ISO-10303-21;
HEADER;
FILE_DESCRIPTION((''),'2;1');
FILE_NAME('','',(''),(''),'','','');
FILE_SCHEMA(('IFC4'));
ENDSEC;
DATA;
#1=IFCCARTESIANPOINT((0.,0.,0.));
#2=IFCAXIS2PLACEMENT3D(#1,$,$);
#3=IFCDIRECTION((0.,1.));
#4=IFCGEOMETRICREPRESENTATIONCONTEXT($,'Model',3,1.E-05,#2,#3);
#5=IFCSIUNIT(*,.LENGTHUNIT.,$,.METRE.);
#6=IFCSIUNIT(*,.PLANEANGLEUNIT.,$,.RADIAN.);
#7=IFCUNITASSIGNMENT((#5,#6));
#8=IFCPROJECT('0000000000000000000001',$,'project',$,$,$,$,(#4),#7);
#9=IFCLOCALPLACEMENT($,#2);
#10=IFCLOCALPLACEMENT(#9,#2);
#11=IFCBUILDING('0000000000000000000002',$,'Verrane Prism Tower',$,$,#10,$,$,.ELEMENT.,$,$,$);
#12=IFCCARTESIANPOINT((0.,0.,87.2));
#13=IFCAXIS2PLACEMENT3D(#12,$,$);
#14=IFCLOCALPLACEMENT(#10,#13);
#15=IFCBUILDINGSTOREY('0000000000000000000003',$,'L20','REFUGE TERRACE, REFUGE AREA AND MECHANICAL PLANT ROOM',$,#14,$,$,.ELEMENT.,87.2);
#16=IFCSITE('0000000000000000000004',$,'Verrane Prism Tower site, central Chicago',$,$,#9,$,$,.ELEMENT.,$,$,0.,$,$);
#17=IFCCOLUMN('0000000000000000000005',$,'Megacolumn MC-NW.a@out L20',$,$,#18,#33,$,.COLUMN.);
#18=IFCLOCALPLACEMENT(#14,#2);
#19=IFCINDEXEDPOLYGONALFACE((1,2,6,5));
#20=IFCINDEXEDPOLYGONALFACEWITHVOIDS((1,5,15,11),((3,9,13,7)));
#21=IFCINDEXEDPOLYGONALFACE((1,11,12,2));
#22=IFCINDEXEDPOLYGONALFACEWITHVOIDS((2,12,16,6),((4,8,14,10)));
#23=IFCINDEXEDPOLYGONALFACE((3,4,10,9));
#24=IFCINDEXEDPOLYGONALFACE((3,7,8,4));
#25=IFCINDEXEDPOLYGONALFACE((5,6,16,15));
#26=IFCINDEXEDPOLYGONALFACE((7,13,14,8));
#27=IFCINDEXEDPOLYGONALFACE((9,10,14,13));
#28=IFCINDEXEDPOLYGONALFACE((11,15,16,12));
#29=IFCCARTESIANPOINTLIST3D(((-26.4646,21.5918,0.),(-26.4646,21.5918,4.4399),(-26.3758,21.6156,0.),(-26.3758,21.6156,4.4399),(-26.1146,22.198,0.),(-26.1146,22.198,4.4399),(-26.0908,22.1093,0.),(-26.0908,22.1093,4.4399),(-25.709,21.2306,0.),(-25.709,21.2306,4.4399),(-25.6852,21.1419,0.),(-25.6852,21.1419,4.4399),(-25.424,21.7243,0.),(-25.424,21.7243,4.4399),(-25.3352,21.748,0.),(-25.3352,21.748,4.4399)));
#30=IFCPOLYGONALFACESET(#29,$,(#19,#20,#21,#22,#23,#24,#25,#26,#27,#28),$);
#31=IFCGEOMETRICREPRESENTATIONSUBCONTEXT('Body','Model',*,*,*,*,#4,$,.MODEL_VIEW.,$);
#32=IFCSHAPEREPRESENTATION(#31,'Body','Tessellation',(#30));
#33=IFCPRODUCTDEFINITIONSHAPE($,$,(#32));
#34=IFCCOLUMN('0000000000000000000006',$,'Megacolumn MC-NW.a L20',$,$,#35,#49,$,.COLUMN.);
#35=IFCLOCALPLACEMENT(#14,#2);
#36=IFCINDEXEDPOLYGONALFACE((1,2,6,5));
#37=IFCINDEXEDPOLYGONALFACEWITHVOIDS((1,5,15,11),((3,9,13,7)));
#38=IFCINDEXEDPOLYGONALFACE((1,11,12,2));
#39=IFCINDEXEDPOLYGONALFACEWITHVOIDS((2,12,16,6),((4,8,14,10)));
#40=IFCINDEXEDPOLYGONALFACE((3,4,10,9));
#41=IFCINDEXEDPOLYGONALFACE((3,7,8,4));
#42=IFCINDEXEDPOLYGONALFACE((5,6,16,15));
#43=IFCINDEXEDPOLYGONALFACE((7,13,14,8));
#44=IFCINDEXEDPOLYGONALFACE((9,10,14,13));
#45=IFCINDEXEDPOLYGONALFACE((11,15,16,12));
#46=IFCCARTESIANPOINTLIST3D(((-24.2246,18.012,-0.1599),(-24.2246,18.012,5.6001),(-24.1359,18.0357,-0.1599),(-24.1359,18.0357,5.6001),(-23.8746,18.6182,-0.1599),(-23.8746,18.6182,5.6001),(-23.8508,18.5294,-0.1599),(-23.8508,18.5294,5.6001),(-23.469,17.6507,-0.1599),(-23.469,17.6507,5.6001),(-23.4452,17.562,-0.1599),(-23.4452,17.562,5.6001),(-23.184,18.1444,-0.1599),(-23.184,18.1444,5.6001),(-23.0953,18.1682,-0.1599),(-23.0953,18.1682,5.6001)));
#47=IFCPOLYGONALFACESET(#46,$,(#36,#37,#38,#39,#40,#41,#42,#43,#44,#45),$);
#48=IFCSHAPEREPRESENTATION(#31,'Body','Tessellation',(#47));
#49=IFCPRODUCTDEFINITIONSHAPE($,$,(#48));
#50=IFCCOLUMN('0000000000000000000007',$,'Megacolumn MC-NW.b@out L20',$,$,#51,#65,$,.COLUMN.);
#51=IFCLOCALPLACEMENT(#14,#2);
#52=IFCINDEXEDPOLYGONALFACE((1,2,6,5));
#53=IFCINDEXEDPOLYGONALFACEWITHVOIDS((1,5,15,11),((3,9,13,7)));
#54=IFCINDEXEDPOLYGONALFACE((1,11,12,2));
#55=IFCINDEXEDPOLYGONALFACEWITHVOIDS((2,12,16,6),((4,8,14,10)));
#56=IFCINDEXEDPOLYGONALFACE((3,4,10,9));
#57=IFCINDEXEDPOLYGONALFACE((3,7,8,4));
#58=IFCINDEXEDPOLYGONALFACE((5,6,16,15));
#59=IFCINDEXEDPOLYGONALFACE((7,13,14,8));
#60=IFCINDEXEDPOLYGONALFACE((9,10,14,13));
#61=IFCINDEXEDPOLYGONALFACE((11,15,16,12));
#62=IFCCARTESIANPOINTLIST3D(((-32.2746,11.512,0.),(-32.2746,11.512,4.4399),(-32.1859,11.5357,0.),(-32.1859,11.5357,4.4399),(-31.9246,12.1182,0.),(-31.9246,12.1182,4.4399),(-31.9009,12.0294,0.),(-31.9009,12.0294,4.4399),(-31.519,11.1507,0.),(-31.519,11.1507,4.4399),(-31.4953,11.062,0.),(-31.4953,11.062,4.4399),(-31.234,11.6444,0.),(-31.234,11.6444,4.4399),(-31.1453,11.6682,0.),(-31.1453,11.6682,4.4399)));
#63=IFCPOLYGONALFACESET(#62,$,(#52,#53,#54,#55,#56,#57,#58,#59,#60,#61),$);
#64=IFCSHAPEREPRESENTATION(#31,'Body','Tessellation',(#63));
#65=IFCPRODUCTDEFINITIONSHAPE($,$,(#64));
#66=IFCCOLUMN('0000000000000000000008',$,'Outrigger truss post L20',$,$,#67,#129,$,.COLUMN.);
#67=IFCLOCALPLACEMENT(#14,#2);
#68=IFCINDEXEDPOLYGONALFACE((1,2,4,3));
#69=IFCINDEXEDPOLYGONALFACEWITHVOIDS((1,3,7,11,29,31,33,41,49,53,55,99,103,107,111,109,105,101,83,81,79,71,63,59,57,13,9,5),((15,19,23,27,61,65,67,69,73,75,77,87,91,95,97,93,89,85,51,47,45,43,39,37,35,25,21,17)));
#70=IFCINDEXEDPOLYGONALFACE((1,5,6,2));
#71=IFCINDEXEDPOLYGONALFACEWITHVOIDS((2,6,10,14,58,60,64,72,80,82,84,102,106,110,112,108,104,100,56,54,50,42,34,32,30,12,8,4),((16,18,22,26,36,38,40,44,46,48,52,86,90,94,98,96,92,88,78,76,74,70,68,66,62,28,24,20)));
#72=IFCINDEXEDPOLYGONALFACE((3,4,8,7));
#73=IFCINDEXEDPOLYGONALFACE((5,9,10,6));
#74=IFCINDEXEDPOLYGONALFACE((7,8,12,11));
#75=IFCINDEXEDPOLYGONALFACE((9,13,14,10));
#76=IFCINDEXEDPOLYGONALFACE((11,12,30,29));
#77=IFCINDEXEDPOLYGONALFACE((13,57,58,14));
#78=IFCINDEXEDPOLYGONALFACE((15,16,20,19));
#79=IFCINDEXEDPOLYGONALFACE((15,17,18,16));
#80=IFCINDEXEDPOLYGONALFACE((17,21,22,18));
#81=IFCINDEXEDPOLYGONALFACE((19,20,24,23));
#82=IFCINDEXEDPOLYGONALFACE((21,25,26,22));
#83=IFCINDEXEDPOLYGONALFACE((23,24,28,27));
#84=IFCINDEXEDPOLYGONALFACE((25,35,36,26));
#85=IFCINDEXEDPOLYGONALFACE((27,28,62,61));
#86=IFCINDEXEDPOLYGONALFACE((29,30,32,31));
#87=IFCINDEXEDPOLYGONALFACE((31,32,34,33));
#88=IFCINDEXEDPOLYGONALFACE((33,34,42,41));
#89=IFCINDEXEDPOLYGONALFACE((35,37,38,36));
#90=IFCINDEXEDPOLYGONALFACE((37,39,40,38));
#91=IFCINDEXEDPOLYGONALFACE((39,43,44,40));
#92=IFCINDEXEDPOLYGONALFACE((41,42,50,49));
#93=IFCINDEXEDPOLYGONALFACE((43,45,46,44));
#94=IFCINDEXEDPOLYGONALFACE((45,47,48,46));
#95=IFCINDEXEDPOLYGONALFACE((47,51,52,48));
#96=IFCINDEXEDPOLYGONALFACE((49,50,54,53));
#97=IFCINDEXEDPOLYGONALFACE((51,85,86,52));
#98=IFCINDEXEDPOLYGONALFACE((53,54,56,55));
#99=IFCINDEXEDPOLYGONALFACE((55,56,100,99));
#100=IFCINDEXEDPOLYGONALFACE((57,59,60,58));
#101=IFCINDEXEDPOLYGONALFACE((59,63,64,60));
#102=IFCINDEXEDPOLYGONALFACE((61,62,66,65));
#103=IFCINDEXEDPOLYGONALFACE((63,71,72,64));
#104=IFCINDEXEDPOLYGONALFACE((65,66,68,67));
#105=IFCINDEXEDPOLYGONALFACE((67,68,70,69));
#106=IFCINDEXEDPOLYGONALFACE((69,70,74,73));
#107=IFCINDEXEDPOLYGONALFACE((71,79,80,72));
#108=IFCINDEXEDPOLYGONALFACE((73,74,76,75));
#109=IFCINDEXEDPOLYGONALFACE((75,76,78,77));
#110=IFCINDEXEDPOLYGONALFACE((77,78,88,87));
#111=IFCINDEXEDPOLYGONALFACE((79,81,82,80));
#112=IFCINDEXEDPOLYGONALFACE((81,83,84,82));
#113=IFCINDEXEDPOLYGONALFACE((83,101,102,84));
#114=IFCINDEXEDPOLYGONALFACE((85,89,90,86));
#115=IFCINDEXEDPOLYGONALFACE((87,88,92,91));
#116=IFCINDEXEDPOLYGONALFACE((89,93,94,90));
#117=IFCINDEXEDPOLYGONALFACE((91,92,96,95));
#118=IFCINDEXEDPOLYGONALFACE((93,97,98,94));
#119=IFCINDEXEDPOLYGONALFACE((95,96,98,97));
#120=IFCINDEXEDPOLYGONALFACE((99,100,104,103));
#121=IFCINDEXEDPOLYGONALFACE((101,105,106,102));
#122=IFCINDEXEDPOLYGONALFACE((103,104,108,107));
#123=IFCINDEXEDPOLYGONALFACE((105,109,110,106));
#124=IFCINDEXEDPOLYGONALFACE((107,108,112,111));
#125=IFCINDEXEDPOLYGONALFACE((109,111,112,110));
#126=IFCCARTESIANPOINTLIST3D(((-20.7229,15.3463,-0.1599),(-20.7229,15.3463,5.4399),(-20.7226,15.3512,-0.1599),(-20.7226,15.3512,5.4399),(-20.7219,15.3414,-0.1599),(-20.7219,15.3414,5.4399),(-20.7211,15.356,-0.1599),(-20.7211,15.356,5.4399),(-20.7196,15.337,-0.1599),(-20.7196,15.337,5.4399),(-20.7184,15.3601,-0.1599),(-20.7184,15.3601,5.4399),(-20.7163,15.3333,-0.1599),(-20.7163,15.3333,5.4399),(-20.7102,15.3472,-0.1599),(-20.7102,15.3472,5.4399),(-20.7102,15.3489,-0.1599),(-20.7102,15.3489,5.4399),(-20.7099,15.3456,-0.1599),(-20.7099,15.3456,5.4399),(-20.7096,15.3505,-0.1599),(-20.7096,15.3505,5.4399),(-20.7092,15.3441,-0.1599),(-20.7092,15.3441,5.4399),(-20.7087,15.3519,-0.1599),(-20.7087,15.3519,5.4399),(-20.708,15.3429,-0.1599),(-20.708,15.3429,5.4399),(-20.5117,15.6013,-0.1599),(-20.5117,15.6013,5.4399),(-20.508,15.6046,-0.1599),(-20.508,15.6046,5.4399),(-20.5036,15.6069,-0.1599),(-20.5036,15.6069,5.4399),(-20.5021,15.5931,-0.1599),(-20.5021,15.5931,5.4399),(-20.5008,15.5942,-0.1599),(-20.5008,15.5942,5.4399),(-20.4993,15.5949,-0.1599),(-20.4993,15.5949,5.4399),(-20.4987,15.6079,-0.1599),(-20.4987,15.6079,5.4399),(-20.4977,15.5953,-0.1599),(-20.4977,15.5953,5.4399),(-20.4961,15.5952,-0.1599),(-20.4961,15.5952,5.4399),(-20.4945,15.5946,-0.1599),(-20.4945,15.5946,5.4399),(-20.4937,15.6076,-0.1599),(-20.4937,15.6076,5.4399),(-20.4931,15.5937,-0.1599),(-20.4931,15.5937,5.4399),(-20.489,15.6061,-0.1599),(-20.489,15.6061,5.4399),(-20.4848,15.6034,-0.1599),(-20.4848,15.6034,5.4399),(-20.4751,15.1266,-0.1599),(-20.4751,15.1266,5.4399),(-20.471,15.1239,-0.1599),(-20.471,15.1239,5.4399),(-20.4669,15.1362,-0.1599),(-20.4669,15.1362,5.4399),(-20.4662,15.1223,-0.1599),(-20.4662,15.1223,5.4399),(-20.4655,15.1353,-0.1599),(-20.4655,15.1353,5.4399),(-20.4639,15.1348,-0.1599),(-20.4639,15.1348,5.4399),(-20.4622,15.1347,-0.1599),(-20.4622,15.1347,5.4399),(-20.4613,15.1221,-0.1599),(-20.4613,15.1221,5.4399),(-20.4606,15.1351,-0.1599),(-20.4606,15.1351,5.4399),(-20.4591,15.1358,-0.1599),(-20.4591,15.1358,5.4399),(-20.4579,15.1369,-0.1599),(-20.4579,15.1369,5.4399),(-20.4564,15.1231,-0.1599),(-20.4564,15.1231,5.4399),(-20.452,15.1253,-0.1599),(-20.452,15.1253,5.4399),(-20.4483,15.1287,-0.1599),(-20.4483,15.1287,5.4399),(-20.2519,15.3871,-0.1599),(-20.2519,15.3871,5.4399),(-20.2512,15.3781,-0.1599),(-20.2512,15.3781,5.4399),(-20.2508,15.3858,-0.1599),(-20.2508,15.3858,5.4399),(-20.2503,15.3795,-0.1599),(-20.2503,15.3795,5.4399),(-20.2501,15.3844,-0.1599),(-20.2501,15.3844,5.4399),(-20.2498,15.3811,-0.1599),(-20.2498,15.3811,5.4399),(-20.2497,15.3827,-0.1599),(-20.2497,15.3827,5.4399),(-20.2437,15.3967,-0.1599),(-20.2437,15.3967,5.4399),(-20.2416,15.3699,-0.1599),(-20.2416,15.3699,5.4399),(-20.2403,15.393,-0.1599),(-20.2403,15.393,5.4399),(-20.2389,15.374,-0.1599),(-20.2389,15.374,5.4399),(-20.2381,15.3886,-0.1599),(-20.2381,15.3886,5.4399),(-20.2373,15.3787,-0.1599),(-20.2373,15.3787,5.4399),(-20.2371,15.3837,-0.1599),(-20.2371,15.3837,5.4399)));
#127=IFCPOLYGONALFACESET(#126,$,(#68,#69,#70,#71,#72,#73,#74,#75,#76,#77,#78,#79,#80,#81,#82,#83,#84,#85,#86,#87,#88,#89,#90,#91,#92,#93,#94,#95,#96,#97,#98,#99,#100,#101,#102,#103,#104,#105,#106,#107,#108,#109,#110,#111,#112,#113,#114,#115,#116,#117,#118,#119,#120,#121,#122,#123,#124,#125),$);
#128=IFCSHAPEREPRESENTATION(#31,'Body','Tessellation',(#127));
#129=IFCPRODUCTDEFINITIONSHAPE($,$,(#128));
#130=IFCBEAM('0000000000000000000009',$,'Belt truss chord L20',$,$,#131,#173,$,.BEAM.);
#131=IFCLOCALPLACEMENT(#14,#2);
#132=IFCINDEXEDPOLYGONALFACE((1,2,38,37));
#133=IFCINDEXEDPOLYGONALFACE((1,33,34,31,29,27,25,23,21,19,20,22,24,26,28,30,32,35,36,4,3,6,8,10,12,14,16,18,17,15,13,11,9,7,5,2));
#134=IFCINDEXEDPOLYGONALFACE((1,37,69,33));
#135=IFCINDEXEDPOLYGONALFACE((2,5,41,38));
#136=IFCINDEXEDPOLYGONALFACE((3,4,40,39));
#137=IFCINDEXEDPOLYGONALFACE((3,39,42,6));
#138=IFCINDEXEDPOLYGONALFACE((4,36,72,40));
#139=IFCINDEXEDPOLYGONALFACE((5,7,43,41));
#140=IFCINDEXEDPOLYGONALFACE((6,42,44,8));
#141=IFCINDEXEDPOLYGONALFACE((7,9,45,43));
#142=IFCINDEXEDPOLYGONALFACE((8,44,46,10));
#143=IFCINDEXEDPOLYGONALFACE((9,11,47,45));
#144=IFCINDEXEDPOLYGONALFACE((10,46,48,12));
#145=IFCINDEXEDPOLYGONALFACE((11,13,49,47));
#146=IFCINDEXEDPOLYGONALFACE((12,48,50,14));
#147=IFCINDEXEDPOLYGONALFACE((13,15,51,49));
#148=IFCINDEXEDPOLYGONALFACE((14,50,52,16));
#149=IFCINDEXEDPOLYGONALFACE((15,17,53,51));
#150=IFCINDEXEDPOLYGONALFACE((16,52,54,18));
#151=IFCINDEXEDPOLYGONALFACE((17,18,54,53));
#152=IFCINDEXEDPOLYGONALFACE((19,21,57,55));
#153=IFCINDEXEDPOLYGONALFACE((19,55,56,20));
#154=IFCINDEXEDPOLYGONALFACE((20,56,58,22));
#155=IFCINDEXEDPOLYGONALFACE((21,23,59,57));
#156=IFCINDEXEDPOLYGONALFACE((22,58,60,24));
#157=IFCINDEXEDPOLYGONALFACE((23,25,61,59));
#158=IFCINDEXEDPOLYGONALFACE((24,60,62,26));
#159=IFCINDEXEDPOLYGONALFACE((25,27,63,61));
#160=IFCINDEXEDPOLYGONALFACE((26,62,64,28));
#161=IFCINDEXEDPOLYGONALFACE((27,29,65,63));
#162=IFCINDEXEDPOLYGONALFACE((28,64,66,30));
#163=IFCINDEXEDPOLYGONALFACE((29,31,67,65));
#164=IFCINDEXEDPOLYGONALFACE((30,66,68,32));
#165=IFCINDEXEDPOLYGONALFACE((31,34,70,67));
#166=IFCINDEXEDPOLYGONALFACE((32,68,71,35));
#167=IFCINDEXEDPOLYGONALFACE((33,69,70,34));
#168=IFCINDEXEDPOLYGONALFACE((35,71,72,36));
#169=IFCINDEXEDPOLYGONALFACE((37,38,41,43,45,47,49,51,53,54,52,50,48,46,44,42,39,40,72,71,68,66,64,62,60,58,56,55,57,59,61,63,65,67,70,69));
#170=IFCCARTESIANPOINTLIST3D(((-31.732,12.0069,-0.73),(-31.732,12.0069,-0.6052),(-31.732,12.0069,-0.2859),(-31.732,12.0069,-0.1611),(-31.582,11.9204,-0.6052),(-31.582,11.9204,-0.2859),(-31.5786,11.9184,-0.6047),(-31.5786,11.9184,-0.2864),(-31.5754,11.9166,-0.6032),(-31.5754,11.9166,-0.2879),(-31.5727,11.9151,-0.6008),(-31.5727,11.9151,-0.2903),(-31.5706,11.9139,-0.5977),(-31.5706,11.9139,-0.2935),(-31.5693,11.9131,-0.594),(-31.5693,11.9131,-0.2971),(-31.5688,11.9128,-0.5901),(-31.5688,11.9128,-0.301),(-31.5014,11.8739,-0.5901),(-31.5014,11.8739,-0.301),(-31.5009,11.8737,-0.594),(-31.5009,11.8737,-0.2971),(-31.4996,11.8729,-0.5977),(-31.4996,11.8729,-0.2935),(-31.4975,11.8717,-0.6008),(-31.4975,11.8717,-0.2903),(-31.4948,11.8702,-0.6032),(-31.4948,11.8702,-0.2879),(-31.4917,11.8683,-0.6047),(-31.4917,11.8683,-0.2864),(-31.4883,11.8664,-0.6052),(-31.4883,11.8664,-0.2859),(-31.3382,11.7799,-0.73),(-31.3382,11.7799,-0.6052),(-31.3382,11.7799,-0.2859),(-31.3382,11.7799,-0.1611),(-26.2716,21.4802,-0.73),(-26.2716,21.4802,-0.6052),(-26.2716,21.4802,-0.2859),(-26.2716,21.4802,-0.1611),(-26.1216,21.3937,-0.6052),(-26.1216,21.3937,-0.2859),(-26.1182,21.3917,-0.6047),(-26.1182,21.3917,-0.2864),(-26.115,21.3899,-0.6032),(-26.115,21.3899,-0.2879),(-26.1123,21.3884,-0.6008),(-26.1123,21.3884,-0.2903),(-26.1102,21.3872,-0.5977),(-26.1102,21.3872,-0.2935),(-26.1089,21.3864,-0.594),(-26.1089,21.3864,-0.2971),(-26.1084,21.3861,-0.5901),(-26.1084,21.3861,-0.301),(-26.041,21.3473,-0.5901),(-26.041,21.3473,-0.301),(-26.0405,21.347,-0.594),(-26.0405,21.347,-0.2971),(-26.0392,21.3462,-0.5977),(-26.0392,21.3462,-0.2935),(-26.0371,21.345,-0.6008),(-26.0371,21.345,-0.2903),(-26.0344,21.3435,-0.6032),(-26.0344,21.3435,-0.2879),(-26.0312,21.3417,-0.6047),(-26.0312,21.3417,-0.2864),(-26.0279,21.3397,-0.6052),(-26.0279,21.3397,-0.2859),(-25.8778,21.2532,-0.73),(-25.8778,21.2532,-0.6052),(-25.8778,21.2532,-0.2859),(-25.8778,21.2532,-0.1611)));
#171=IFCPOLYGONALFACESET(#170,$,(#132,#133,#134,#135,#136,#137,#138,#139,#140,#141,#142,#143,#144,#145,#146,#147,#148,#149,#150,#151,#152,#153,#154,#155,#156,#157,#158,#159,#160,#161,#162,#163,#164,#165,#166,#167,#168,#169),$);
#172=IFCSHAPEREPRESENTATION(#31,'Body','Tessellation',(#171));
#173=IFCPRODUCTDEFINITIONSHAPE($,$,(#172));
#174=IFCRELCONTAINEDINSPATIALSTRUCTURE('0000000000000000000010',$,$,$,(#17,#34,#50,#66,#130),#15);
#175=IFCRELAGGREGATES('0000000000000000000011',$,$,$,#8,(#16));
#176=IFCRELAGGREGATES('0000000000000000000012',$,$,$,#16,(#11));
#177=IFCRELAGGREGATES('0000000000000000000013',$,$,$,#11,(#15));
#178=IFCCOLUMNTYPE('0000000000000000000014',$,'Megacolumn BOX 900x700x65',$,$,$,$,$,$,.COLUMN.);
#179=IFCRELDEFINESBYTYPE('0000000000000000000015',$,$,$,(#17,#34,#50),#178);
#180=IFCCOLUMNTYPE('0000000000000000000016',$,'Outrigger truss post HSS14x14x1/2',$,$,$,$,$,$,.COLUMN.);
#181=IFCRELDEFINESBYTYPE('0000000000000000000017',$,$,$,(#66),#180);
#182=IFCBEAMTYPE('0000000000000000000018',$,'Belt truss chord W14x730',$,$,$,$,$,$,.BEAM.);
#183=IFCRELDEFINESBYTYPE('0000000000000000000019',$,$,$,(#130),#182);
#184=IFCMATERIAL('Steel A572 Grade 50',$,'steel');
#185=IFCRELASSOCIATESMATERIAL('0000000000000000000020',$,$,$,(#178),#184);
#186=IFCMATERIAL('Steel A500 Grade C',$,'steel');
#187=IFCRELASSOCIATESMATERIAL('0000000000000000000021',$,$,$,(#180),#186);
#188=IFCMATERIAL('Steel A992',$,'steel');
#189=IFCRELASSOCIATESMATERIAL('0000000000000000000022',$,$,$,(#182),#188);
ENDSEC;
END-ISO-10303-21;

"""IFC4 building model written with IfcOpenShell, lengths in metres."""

from ifc_helpers import new_model, si_unit, direction, frame, origin, origin_2d, place, context, subcontext, project, spatial, hollow_rectangle, i_section, extrude, material, material_profile, profile_set, type_object, element, save


model = new_model("IFC4")

# Units and contexts
model_context = context("Model", 3, precision=1e-05, world=origin(), true_north=direction((0.0, 1.0)))
body_context = subcontext(model_context, "Body", "Model", "MODEL_VIEW")
ifc_project = project(units=[si_unit("LENGTHUNIT", "METRE"), si_unit("PLANEANGLEUNIT", "RADIAN")], contexts=[model_context])

# Site, building, storey
site_placement = place(None, origin())
site = spatial("IfcSite", under=ifc_project, at=site_placement, Name="Verrane Prism Tower site, central Chicago", CompositionType="ELEMENT", RefElevation=0.0)
building_placement = place(site_placement, origin())
building = spatial("IfcBuilding", under=site, at=building_placement, Name="Verrane Prism Tower", CompositionType="ELEMENT")
storey_placement = place(building_placement, frame((0.0, 0.0, 87.2)))
storey = spatial("IfcBuildingStorey", under=building, at=storey_placement, Name="L20", Description="REFUGE TERRACE, REFUGE AREA AND MECHANICAL PLANT ROOM", CompositionType="ELEMENT", Elevation=87.2)

# Columns
ifc_material_1 = material(Name="Steel A572 Grade 50", Category="steel")
ifc_material_profile_1 = material_profile(ifc_material_1, hollow_rectangle(XDim=0.7, YDim=0.8999, WallThickness=0.0649, at=origin_2d()), Name="BOX 900x700x65")
ifc_profile_set_1 = profile_set([ifc_material_profile_1], Name="Steel A572 Grade 50")
column_type_1 = type_object("IfcColumnType", Name="Megacolumn BOX 900x700x65", PredefinedType="COLUMN", material=ifc_profile_set_1)
column_1_placement = place(storey_placement, frame((-25.8999, 21.6699, 0.0), z_axis=(0.0, 0.0, 1.0), x_axis=(0.5, 0.866025, 0.0)))
element("IfcColumn", 1, at=column_1_placement, inside=storey, type_object=column_type_1, Name="Megacolumn MC-NW.a@out L20", PredefinedType="COLUMN", context=body_context, shape_type="SweptSolid", body=[
    extrude(hollow_rectangle(XDim=0.7, YDim=0.8999, WallThickness=0.0649, at=origin_2d()), origin(), (0.0, 0.0, 1.0), 4.4399),
])
column_2_placement = place(storey_placement, frame((-23.6599, 18.0901, -0.1599), z_axis=(0.0, 0.0, 1.0), x_axis=(0.5, 0.866025, 0.0)))
element("IfcColumn", 2, at=column_2_placement, inside=storey, type_object=column_type_1, Name="Megacolumn MC-NW.a L20", PredefinedType="COLUMN", context=body_context, shape_type="SweptSolid", body=[
    extrude(hollow_rectangle(XDim=0.7, YDim=0.8999, WallThickness=0.0649, at=origin_2d()), origin(), (0.0, 0.0, 1.0), 5.76),
])
column_3_placement = place(storey_placement, frame((-31.71, 11.5901, 0.0), z_axis=(0.0, 0.0, 1.0), x_axis=(0.5, 0.866025, 0.0)))
element("IfcColumn", 3, at=column_3_placement, inside=storey, type_object=column_type_1, Name="Megacolumn MC-NW.b@out L20", PredefinedType="COLUMN", context=body_context, shape_type="SweptSolid", body=[
    extrude(hollow_rectangle(XDim=0.7, YDim=0.8999, WallThickness=0.0649, at=origin_2d()), origin(), (0.0, 0.0, 1.0), 4.4399),
])
ifc_material_2 = material(Name="Steel A500 Grade C", Category="steel")
ifc_material_profile_2 = material_profile(ifc_material_2, hollow_rectangle(XDim=0.3557, YDim=0.3557, WallThickness=0.0127, InnerFilletRadius=0.0063, OuterFilletRadius=0.019, at=origin_2d()), Name="HSS14x14x1/2")
ifc_profile_set_2 = profile_set([ifc_material_profile_2], Name="Steel A500 Grade C")
column_type_2 = type_object("IfcColumnType", Name="Outrigger truss post HSS14x14x1/2", PredefinedType="COLUMN", material=ifc_profile_set_2)
column_4_placement = place(storey_placement, frame((-20.48, 15.365, -0.1599), z_axis=(0.0, 0.0, 1.0), x_axis=(-0.650693, -0.759341, 0.0)))
element("IfcColumn", 4, at=column_4_placement, inside=storey, type_object=column_type_2, Name="Outrigger truss post L20", PredefinedType="COLUMN", context=body_context, shape_type="SweptSolid", body=[
    extrude(hollow_rectangle(XDim=0.3557, YDim=0.3557, WallThickness=0.0127, InnerFilletRadius=0.0063, OuterFilletRadius=0.019, at=origin_2d()), origin(), (0.0, 0.0, 1.0), 5.5999),
])

# Beam
ifc_material_3 = material(Name="Steel A992", Category="steel")
ifc_material_profile_3 = material_profile(ifc_material_3, i_section(OverallWidth=0.4546, OverallDepth=0.5688, WebThickness=0.0779, FlangeThickness=0.1248, FilletRadius=0.0151, at=origin_2d()), Name="W14x730")
ifc_profile_set_3 = profile_set([ifc_material_profile_3], Name="Steel A992")
beam_type_1 = type_object("IfcBeamType", Name="Belt truss chord W14x730", PredefinedType="BEAM", material=ifc_profile_set_3)
beam_1_placement = place(storey_placement, frame((-26.0747, 21.3667, -0.4456), z_axis=(-0.499382, -0.866382, 0.0), x_axis=(0.866382, -0.499382, 0.0)))
element("IfcBeam", 5, at=beam_1_placement, inside=storey, type_object=beam_type_1, Name="Belt truss chord L20", PredefinedType="BEAM", context=body_context, shape_type="SweptSolid", body=[
    extrude(i_section(OverallWidth=0.4546, OverallDepth=0.5688, WebThickness=0.0779, FlangeThickness=0.1248, FilletRadius=0.0151, at=origin_2d()), origin(), (0.0, 0.0, 1.0), 10.9343),
])

save(model, "model.ifc")
